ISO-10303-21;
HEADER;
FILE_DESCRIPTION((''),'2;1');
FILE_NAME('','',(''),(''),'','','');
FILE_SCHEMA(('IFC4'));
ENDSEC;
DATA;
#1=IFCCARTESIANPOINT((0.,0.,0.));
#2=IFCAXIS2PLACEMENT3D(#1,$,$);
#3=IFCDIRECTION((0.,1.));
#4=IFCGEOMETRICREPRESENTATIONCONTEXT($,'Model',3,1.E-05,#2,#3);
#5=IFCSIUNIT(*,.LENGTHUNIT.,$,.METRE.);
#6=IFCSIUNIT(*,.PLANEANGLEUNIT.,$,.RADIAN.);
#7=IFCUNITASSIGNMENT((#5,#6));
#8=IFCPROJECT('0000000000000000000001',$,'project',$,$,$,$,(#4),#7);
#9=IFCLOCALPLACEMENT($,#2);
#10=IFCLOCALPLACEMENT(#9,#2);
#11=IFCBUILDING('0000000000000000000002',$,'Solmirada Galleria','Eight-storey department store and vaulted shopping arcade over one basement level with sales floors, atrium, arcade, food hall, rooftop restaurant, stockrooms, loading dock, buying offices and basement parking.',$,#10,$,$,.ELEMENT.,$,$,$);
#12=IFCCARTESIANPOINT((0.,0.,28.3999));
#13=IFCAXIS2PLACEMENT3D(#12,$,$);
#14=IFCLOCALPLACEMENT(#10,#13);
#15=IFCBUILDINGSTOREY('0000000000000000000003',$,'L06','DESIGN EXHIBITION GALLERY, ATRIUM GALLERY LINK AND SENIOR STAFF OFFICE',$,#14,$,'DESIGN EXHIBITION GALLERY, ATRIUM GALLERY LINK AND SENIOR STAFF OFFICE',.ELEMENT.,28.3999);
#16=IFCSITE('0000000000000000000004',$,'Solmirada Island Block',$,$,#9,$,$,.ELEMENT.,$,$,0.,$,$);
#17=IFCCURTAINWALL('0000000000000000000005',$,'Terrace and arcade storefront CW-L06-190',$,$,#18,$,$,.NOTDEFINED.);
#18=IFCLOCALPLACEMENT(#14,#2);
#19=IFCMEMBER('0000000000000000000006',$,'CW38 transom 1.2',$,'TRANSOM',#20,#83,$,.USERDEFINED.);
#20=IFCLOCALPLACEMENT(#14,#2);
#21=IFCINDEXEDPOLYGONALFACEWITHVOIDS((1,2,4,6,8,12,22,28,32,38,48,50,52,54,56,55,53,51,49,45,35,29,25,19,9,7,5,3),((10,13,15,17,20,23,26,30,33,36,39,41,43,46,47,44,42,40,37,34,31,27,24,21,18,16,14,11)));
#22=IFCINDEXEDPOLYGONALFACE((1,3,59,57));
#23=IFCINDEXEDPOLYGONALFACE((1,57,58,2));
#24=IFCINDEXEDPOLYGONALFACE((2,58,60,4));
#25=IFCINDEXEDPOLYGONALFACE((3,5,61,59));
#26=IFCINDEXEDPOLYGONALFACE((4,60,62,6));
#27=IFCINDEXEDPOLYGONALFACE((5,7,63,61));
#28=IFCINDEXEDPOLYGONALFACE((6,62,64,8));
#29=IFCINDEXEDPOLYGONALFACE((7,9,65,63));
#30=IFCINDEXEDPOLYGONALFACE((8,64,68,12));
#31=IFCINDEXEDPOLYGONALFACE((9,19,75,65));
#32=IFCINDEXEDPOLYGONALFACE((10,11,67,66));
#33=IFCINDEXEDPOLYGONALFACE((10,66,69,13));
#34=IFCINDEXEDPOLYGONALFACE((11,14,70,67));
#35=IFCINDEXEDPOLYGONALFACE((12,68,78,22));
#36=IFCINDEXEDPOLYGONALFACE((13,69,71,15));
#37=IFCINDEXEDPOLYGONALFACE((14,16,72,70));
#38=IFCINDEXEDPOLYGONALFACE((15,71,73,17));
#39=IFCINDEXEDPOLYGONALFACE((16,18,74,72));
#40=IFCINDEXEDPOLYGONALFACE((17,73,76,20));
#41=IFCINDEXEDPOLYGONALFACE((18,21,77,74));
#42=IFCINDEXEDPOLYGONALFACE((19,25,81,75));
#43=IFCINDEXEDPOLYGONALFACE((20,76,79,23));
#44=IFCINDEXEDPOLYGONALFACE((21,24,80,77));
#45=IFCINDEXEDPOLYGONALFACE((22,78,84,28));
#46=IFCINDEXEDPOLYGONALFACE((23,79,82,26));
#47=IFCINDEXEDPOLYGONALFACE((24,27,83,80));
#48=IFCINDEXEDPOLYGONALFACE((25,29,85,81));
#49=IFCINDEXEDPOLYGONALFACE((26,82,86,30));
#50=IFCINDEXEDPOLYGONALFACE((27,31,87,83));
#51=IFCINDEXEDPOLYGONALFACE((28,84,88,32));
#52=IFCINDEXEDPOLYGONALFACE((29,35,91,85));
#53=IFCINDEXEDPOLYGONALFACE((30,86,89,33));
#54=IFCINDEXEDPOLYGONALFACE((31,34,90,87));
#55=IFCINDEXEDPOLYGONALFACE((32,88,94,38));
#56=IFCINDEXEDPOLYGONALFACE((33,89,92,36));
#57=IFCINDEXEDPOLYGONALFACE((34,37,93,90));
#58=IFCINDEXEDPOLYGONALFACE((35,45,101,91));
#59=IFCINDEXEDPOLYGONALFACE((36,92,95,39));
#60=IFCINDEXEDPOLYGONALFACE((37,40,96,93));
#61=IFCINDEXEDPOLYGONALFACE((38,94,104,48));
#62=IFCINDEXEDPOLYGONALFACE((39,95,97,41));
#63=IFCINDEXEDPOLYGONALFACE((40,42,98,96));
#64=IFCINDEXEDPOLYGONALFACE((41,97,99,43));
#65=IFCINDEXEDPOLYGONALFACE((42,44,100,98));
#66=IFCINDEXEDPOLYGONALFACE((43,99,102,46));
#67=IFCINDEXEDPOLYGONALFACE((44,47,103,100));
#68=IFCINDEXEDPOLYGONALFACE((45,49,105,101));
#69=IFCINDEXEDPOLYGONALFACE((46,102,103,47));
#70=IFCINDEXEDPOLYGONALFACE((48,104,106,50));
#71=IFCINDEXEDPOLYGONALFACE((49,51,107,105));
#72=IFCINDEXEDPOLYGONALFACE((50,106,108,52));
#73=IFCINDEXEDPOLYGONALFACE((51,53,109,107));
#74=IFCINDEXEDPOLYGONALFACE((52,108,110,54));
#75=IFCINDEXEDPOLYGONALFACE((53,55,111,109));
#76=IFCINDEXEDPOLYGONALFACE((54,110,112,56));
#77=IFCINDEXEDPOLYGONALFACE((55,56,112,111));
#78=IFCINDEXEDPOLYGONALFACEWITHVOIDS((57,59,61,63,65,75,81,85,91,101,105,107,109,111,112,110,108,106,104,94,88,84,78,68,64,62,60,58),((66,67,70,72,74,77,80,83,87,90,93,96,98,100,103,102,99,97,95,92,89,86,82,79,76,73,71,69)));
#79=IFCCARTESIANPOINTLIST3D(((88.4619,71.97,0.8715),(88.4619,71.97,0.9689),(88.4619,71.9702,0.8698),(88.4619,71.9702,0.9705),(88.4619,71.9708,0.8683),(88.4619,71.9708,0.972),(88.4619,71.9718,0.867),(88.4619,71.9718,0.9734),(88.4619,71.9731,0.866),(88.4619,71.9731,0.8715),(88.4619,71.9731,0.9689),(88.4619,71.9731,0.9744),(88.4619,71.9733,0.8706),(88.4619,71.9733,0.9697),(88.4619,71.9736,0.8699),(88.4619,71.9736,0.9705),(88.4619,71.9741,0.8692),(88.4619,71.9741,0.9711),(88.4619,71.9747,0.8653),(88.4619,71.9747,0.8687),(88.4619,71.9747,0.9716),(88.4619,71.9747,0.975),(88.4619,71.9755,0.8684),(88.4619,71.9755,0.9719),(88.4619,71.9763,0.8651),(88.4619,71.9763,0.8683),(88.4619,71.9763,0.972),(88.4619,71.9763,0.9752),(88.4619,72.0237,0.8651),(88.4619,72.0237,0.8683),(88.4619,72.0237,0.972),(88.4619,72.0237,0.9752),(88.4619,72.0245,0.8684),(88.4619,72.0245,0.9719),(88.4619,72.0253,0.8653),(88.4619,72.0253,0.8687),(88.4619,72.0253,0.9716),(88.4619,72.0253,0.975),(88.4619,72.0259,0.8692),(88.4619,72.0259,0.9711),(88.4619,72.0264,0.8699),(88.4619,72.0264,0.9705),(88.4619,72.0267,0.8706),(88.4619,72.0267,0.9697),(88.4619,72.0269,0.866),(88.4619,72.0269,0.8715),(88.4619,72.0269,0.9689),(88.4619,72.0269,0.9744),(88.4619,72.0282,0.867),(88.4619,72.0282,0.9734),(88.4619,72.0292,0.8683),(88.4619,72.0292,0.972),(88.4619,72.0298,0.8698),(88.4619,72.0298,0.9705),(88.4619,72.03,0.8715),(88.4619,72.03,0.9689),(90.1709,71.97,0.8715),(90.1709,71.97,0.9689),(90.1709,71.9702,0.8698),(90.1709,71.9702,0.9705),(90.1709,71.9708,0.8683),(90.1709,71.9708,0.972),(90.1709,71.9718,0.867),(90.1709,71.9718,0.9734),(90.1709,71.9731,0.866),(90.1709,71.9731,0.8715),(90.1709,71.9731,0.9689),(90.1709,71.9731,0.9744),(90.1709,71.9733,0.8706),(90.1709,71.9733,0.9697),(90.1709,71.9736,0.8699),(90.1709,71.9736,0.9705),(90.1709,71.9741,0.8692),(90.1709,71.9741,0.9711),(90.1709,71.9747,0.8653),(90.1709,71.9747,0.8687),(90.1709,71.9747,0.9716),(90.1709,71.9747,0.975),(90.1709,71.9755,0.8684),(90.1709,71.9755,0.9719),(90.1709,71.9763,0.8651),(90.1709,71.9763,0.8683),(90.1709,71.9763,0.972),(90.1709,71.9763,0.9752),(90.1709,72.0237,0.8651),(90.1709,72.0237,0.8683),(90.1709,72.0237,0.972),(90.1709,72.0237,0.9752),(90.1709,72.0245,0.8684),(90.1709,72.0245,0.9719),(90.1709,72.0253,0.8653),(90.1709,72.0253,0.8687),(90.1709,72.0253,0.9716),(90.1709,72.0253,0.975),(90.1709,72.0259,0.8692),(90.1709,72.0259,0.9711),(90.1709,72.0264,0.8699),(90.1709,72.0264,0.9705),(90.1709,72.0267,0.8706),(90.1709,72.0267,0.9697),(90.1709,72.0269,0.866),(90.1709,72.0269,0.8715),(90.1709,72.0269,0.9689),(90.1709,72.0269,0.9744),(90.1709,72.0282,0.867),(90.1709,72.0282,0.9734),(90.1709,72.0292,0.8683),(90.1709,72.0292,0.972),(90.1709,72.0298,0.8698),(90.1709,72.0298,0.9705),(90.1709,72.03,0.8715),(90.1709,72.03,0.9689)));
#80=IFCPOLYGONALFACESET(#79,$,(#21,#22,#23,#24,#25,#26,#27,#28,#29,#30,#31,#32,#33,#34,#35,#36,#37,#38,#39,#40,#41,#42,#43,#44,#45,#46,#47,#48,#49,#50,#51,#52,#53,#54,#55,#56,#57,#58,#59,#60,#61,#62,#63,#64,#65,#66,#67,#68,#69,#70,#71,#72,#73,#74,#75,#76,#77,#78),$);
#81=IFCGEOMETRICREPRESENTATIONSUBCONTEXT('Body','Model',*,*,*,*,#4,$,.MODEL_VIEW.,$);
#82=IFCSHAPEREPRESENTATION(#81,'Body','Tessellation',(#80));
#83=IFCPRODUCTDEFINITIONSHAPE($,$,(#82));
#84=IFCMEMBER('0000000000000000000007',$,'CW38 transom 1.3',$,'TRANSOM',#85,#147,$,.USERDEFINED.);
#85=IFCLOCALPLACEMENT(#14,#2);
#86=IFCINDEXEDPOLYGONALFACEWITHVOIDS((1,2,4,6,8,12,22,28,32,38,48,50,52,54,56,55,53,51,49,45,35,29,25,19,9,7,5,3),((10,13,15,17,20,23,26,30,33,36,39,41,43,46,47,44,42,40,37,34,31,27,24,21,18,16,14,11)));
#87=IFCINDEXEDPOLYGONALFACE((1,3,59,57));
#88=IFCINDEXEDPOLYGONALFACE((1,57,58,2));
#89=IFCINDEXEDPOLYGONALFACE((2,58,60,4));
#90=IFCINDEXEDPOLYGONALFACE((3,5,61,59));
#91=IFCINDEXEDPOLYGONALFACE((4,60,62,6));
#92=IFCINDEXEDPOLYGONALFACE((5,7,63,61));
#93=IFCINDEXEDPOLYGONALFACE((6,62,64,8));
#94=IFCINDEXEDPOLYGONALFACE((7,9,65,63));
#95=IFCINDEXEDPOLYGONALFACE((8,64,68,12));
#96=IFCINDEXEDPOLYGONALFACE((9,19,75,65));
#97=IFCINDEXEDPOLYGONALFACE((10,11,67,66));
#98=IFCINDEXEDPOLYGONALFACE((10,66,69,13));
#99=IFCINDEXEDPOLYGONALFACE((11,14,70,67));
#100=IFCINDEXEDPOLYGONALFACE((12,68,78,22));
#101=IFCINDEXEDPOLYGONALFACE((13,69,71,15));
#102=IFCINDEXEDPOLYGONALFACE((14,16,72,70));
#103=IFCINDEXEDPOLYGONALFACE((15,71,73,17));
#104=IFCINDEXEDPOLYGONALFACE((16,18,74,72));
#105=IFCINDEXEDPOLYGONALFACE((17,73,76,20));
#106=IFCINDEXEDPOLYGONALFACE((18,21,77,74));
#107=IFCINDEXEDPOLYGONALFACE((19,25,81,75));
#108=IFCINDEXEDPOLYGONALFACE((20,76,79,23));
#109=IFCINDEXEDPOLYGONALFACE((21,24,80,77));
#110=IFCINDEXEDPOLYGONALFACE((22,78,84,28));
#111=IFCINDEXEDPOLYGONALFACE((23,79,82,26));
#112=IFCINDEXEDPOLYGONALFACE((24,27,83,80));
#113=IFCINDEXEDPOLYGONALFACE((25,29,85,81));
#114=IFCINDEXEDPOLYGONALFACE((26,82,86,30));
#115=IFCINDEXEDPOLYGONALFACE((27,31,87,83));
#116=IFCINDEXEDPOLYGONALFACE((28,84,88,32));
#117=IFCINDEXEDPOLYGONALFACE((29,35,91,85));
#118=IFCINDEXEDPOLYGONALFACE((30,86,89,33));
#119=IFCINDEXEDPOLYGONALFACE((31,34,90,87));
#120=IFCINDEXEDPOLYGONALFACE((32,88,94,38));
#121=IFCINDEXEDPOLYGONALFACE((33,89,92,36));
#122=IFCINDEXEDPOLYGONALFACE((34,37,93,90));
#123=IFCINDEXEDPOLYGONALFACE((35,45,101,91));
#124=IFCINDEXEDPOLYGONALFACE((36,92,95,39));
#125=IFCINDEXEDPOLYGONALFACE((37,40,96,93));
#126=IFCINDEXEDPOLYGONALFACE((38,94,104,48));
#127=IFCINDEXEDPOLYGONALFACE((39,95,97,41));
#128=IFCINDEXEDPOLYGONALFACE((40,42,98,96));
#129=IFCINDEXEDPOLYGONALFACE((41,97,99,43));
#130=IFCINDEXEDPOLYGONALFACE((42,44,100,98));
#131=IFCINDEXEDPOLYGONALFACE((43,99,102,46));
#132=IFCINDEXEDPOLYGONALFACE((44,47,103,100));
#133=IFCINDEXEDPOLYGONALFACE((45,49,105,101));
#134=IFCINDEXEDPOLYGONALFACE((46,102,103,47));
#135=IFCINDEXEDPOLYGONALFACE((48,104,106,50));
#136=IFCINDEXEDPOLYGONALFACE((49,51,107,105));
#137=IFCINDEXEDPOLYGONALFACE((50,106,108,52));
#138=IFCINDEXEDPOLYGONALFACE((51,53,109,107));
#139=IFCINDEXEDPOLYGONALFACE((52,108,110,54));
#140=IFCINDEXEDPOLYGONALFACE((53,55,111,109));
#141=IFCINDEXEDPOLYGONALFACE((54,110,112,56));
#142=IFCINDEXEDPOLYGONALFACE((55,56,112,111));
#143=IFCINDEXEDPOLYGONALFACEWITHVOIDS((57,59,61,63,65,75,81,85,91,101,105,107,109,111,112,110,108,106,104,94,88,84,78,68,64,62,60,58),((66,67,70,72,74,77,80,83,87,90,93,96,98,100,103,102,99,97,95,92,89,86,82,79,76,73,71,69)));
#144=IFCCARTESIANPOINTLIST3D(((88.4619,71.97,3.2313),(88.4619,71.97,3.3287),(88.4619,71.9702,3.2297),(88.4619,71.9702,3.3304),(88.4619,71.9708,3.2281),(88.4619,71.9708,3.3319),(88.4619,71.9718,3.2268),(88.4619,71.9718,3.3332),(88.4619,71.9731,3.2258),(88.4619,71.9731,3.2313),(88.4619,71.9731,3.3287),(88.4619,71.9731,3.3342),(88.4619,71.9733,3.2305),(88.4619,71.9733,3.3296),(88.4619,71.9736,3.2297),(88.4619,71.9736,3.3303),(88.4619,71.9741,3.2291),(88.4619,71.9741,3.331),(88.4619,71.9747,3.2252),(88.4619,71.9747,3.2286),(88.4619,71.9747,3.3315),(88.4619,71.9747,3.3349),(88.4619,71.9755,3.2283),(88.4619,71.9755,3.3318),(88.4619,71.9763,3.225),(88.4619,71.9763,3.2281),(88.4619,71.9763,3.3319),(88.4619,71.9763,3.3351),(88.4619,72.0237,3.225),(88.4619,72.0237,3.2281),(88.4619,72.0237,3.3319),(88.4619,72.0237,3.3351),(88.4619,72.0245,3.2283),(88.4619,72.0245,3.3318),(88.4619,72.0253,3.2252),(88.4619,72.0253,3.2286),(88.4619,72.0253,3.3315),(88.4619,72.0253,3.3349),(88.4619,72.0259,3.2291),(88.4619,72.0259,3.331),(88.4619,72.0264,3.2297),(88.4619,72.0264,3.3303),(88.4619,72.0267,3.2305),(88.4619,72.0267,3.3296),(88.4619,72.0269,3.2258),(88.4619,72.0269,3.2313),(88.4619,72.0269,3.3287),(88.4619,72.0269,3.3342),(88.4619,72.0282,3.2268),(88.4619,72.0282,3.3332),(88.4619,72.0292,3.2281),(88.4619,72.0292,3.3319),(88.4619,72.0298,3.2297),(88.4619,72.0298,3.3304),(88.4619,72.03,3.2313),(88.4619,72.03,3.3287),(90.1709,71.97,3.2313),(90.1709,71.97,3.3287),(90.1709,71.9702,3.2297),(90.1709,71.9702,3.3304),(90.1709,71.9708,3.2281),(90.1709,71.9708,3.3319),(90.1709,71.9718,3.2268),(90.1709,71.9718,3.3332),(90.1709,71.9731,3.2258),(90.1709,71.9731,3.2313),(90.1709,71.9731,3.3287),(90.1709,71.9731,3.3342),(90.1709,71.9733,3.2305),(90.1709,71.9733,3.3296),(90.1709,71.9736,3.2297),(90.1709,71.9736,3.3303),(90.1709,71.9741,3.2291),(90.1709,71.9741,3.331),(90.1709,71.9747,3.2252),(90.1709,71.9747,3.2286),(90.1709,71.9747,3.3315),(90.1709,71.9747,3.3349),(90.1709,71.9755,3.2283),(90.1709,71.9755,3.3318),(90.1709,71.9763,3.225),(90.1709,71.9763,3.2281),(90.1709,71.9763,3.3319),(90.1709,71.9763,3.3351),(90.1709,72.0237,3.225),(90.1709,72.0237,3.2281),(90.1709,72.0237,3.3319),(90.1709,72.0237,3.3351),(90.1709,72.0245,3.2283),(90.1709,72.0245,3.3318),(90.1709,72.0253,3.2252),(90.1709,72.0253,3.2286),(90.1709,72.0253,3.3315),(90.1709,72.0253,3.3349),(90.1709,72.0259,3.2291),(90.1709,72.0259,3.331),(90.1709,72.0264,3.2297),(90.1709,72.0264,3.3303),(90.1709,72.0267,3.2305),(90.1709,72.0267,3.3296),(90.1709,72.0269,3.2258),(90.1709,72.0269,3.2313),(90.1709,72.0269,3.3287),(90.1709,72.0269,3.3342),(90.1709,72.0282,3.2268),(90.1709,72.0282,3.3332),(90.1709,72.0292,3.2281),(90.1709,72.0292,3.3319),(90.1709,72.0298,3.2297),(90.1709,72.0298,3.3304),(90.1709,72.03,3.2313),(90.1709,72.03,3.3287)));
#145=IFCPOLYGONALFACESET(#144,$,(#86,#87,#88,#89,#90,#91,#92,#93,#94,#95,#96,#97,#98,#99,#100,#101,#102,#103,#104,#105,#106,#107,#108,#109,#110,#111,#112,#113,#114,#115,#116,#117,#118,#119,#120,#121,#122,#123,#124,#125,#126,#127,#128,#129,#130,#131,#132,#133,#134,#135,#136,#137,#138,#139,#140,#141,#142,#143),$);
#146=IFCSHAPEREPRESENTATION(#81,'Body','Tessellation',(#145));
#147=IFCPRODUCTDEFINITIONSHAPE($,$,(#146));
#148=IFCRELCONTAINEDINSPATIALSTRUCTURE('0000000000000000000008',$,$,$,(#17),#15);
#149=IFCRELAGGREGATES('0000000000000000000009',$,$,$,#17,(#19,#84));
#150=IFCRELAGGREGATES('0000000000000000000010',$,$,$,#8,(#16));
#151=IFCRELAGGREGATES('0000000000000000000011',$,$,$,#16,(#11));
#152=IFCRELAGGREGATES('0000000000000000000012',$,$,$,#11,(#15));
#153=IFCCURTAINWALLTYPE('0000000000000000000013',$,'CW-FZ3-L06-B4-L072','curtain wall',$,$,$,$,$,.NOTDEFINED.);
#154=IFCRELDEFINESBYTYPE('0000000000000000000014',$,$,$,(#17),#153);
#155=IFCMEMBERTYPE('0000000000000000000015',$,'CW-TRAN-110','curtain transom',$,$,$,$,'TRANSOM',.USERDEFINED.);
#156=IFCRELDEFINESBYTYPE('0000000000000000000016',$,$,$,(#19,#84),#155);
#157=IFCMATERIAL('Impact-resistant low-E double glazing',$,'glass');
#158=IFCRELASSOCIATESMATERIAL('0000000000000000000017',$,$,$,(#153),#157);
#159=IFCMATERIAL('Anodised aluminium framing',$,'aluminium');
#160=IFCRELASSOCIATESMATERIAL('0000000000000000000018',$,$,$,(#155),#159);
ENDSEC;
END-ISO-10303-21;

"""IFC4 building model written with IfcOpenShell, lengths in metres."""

from ifc_helpers import new_model, si_unit, direction, frame, origin, origin_2d, place, context, subcontext, project, spatial, hollow_rectangle, extrude, material, material_profile, profile_set, type_object, element, aggregate, save


model = new_model("IFC4")

# Units and contexts
model_context = context("Model", 3, precision=1e-05, world=origin(), true_north=direction((0.0, 1.0)))
body_context = subcontext(model_context, "Body", "Model", "MODEL_VIEW")
ifc_project = project(units=[si_unit("LENGTHUNIT", "METRE"), si_unit("PLANEANGLEUNIT", "RADIAN")], contexts=[model_context])

# Site, building, storey
site_placement = place(None, origin())
site = spatial("IfcSite", under=ifc_project, at=site_placement, Name="Solmirada Island Block", CompositionType="ELEMENT", RefElevation=0.0)
building_placement = place(site_placement, origin())
building = spatial("IfcBuilding", under=site, at=building_placement, Name="Solmirada Galleria", Description="Eight-storey department store and vaulted shopping arcade over one basement level with sales floors, atrium, arcade, food hall, rooftop restaurant, stockrooms, loading dock, buying offices and basement parking.", CompositionType="ELEMENT")
storey_placement = place(building_placement, frame((0.0, 0.0, 28.3999)))
storey = spatial("IfcBuildingStorey", under=building, at=storey_placement, Name="L06", Description="DESIGN EXHIBITION GALLERY, ATRIUM GALLERY LINK AND SENIOR STAFF OFFICE", LongName="DESIGN EXHIBITION GALLERY, ATRIUM GALLERY LINK AND SENIOR STAFF OFFICE", CompositionType="ELEMENT", Elevation=28.3999)

# Shared definitions
ifc_material_1 = material(Name="Impact-resistant low-E double glazing", Category="glass")
curtain_wall_type = type_object("IfcCurtainWallType", Name="CW-FZ3-L06-B4-L072", Description="curtain wall", PredefinedType="NOTDEFINED", material=ifc_material_1)
ifc_material_2 = material(Name="Anodised aluminium framing", Category="aluminium")

# Curtain wall, members
curtain_wall_1_placement = place(storey_placement, origin())
curtain_wall_1 = element("IfcCurtainWall", 1, at=curtain_wall_1_placement, inside=storey, type_object=curtain_wall_type, Name="Terrace and arcade storefront CW-L06-190", PredefinedType="NOTDEFINED")
ifc_material_profile_1 = material_profile(ifc_material_2, hollow_rectangle(XDim=0.0601, YDim=0.1101, WallThickness=0.0032, InnerFilletRadius=0.0032, OuterFilletRadius=0.0063, at=origin_2d()), Name="ALU-TRAN-110X60")
ifc_profile_set_1 = profile_set([ifc_material_profile_1], Name="Anodised aluminium framing")
member_type_1 = type_object("IfcMemberType", Name="CW-TRAN-110", Description="curtain transom", ElementType="TRANSOM", PredefinedType="USERDEFINED", material=ifc_profile_set_1)
member_1_placement = place(storey_placement, frame((88.4619, 72.0, 0.9202), z_axis=(1.0, 0.0, 0.0), x_axis=(0.0, 1.0, 0.0)))
member_1 = element("IfcMember", 2, at=member_1_placement, type_object=member_type_1, Name="CW38 transom 1.2", ObjectType="TRANSOM", PredefinedType="USERDEFINED", context=body_context, shape_type="SweptSolid", body=[
    extrude(hollow_rectangle(XDim=0.0601, YDim=0.1101, WallThickness=0.0032, InnerFilletRadius=0.0032, OuterFilletRadius=0.0063, at=origin_2d()), origin(), (0.0, 0.0, 1.0), 1.709),
])
member_2_placement = place(storey_placement, frame((88.4619, 72.0, 3.28), z_axis=(1.0, 0.0, 0.0), x_axis=(0.0, 1.0, 0.0)))
member_2 = element("IfcMember", 3, at=member_2_placement, type_object=member_type_1, Name="CW38 transom 1.3", ObjectType="TRANSOM", PredefinedType="USERDEFINED", context=body_context, shape_type="SweptSolid", body=[
    extrude(hollow_rectangle(XDim=0.0601, YDim=0.1101, WallThickness=0.0032, InnerFilletRadius=0.0032, OuterFilletRadius=0.0063, at=origin_2d()), origin(), (0.0, 0.0, 1.0), 1.709),
])

aggregate(curtain_wall_1, [member_1, member_2])

save(model, "model.ifc")
